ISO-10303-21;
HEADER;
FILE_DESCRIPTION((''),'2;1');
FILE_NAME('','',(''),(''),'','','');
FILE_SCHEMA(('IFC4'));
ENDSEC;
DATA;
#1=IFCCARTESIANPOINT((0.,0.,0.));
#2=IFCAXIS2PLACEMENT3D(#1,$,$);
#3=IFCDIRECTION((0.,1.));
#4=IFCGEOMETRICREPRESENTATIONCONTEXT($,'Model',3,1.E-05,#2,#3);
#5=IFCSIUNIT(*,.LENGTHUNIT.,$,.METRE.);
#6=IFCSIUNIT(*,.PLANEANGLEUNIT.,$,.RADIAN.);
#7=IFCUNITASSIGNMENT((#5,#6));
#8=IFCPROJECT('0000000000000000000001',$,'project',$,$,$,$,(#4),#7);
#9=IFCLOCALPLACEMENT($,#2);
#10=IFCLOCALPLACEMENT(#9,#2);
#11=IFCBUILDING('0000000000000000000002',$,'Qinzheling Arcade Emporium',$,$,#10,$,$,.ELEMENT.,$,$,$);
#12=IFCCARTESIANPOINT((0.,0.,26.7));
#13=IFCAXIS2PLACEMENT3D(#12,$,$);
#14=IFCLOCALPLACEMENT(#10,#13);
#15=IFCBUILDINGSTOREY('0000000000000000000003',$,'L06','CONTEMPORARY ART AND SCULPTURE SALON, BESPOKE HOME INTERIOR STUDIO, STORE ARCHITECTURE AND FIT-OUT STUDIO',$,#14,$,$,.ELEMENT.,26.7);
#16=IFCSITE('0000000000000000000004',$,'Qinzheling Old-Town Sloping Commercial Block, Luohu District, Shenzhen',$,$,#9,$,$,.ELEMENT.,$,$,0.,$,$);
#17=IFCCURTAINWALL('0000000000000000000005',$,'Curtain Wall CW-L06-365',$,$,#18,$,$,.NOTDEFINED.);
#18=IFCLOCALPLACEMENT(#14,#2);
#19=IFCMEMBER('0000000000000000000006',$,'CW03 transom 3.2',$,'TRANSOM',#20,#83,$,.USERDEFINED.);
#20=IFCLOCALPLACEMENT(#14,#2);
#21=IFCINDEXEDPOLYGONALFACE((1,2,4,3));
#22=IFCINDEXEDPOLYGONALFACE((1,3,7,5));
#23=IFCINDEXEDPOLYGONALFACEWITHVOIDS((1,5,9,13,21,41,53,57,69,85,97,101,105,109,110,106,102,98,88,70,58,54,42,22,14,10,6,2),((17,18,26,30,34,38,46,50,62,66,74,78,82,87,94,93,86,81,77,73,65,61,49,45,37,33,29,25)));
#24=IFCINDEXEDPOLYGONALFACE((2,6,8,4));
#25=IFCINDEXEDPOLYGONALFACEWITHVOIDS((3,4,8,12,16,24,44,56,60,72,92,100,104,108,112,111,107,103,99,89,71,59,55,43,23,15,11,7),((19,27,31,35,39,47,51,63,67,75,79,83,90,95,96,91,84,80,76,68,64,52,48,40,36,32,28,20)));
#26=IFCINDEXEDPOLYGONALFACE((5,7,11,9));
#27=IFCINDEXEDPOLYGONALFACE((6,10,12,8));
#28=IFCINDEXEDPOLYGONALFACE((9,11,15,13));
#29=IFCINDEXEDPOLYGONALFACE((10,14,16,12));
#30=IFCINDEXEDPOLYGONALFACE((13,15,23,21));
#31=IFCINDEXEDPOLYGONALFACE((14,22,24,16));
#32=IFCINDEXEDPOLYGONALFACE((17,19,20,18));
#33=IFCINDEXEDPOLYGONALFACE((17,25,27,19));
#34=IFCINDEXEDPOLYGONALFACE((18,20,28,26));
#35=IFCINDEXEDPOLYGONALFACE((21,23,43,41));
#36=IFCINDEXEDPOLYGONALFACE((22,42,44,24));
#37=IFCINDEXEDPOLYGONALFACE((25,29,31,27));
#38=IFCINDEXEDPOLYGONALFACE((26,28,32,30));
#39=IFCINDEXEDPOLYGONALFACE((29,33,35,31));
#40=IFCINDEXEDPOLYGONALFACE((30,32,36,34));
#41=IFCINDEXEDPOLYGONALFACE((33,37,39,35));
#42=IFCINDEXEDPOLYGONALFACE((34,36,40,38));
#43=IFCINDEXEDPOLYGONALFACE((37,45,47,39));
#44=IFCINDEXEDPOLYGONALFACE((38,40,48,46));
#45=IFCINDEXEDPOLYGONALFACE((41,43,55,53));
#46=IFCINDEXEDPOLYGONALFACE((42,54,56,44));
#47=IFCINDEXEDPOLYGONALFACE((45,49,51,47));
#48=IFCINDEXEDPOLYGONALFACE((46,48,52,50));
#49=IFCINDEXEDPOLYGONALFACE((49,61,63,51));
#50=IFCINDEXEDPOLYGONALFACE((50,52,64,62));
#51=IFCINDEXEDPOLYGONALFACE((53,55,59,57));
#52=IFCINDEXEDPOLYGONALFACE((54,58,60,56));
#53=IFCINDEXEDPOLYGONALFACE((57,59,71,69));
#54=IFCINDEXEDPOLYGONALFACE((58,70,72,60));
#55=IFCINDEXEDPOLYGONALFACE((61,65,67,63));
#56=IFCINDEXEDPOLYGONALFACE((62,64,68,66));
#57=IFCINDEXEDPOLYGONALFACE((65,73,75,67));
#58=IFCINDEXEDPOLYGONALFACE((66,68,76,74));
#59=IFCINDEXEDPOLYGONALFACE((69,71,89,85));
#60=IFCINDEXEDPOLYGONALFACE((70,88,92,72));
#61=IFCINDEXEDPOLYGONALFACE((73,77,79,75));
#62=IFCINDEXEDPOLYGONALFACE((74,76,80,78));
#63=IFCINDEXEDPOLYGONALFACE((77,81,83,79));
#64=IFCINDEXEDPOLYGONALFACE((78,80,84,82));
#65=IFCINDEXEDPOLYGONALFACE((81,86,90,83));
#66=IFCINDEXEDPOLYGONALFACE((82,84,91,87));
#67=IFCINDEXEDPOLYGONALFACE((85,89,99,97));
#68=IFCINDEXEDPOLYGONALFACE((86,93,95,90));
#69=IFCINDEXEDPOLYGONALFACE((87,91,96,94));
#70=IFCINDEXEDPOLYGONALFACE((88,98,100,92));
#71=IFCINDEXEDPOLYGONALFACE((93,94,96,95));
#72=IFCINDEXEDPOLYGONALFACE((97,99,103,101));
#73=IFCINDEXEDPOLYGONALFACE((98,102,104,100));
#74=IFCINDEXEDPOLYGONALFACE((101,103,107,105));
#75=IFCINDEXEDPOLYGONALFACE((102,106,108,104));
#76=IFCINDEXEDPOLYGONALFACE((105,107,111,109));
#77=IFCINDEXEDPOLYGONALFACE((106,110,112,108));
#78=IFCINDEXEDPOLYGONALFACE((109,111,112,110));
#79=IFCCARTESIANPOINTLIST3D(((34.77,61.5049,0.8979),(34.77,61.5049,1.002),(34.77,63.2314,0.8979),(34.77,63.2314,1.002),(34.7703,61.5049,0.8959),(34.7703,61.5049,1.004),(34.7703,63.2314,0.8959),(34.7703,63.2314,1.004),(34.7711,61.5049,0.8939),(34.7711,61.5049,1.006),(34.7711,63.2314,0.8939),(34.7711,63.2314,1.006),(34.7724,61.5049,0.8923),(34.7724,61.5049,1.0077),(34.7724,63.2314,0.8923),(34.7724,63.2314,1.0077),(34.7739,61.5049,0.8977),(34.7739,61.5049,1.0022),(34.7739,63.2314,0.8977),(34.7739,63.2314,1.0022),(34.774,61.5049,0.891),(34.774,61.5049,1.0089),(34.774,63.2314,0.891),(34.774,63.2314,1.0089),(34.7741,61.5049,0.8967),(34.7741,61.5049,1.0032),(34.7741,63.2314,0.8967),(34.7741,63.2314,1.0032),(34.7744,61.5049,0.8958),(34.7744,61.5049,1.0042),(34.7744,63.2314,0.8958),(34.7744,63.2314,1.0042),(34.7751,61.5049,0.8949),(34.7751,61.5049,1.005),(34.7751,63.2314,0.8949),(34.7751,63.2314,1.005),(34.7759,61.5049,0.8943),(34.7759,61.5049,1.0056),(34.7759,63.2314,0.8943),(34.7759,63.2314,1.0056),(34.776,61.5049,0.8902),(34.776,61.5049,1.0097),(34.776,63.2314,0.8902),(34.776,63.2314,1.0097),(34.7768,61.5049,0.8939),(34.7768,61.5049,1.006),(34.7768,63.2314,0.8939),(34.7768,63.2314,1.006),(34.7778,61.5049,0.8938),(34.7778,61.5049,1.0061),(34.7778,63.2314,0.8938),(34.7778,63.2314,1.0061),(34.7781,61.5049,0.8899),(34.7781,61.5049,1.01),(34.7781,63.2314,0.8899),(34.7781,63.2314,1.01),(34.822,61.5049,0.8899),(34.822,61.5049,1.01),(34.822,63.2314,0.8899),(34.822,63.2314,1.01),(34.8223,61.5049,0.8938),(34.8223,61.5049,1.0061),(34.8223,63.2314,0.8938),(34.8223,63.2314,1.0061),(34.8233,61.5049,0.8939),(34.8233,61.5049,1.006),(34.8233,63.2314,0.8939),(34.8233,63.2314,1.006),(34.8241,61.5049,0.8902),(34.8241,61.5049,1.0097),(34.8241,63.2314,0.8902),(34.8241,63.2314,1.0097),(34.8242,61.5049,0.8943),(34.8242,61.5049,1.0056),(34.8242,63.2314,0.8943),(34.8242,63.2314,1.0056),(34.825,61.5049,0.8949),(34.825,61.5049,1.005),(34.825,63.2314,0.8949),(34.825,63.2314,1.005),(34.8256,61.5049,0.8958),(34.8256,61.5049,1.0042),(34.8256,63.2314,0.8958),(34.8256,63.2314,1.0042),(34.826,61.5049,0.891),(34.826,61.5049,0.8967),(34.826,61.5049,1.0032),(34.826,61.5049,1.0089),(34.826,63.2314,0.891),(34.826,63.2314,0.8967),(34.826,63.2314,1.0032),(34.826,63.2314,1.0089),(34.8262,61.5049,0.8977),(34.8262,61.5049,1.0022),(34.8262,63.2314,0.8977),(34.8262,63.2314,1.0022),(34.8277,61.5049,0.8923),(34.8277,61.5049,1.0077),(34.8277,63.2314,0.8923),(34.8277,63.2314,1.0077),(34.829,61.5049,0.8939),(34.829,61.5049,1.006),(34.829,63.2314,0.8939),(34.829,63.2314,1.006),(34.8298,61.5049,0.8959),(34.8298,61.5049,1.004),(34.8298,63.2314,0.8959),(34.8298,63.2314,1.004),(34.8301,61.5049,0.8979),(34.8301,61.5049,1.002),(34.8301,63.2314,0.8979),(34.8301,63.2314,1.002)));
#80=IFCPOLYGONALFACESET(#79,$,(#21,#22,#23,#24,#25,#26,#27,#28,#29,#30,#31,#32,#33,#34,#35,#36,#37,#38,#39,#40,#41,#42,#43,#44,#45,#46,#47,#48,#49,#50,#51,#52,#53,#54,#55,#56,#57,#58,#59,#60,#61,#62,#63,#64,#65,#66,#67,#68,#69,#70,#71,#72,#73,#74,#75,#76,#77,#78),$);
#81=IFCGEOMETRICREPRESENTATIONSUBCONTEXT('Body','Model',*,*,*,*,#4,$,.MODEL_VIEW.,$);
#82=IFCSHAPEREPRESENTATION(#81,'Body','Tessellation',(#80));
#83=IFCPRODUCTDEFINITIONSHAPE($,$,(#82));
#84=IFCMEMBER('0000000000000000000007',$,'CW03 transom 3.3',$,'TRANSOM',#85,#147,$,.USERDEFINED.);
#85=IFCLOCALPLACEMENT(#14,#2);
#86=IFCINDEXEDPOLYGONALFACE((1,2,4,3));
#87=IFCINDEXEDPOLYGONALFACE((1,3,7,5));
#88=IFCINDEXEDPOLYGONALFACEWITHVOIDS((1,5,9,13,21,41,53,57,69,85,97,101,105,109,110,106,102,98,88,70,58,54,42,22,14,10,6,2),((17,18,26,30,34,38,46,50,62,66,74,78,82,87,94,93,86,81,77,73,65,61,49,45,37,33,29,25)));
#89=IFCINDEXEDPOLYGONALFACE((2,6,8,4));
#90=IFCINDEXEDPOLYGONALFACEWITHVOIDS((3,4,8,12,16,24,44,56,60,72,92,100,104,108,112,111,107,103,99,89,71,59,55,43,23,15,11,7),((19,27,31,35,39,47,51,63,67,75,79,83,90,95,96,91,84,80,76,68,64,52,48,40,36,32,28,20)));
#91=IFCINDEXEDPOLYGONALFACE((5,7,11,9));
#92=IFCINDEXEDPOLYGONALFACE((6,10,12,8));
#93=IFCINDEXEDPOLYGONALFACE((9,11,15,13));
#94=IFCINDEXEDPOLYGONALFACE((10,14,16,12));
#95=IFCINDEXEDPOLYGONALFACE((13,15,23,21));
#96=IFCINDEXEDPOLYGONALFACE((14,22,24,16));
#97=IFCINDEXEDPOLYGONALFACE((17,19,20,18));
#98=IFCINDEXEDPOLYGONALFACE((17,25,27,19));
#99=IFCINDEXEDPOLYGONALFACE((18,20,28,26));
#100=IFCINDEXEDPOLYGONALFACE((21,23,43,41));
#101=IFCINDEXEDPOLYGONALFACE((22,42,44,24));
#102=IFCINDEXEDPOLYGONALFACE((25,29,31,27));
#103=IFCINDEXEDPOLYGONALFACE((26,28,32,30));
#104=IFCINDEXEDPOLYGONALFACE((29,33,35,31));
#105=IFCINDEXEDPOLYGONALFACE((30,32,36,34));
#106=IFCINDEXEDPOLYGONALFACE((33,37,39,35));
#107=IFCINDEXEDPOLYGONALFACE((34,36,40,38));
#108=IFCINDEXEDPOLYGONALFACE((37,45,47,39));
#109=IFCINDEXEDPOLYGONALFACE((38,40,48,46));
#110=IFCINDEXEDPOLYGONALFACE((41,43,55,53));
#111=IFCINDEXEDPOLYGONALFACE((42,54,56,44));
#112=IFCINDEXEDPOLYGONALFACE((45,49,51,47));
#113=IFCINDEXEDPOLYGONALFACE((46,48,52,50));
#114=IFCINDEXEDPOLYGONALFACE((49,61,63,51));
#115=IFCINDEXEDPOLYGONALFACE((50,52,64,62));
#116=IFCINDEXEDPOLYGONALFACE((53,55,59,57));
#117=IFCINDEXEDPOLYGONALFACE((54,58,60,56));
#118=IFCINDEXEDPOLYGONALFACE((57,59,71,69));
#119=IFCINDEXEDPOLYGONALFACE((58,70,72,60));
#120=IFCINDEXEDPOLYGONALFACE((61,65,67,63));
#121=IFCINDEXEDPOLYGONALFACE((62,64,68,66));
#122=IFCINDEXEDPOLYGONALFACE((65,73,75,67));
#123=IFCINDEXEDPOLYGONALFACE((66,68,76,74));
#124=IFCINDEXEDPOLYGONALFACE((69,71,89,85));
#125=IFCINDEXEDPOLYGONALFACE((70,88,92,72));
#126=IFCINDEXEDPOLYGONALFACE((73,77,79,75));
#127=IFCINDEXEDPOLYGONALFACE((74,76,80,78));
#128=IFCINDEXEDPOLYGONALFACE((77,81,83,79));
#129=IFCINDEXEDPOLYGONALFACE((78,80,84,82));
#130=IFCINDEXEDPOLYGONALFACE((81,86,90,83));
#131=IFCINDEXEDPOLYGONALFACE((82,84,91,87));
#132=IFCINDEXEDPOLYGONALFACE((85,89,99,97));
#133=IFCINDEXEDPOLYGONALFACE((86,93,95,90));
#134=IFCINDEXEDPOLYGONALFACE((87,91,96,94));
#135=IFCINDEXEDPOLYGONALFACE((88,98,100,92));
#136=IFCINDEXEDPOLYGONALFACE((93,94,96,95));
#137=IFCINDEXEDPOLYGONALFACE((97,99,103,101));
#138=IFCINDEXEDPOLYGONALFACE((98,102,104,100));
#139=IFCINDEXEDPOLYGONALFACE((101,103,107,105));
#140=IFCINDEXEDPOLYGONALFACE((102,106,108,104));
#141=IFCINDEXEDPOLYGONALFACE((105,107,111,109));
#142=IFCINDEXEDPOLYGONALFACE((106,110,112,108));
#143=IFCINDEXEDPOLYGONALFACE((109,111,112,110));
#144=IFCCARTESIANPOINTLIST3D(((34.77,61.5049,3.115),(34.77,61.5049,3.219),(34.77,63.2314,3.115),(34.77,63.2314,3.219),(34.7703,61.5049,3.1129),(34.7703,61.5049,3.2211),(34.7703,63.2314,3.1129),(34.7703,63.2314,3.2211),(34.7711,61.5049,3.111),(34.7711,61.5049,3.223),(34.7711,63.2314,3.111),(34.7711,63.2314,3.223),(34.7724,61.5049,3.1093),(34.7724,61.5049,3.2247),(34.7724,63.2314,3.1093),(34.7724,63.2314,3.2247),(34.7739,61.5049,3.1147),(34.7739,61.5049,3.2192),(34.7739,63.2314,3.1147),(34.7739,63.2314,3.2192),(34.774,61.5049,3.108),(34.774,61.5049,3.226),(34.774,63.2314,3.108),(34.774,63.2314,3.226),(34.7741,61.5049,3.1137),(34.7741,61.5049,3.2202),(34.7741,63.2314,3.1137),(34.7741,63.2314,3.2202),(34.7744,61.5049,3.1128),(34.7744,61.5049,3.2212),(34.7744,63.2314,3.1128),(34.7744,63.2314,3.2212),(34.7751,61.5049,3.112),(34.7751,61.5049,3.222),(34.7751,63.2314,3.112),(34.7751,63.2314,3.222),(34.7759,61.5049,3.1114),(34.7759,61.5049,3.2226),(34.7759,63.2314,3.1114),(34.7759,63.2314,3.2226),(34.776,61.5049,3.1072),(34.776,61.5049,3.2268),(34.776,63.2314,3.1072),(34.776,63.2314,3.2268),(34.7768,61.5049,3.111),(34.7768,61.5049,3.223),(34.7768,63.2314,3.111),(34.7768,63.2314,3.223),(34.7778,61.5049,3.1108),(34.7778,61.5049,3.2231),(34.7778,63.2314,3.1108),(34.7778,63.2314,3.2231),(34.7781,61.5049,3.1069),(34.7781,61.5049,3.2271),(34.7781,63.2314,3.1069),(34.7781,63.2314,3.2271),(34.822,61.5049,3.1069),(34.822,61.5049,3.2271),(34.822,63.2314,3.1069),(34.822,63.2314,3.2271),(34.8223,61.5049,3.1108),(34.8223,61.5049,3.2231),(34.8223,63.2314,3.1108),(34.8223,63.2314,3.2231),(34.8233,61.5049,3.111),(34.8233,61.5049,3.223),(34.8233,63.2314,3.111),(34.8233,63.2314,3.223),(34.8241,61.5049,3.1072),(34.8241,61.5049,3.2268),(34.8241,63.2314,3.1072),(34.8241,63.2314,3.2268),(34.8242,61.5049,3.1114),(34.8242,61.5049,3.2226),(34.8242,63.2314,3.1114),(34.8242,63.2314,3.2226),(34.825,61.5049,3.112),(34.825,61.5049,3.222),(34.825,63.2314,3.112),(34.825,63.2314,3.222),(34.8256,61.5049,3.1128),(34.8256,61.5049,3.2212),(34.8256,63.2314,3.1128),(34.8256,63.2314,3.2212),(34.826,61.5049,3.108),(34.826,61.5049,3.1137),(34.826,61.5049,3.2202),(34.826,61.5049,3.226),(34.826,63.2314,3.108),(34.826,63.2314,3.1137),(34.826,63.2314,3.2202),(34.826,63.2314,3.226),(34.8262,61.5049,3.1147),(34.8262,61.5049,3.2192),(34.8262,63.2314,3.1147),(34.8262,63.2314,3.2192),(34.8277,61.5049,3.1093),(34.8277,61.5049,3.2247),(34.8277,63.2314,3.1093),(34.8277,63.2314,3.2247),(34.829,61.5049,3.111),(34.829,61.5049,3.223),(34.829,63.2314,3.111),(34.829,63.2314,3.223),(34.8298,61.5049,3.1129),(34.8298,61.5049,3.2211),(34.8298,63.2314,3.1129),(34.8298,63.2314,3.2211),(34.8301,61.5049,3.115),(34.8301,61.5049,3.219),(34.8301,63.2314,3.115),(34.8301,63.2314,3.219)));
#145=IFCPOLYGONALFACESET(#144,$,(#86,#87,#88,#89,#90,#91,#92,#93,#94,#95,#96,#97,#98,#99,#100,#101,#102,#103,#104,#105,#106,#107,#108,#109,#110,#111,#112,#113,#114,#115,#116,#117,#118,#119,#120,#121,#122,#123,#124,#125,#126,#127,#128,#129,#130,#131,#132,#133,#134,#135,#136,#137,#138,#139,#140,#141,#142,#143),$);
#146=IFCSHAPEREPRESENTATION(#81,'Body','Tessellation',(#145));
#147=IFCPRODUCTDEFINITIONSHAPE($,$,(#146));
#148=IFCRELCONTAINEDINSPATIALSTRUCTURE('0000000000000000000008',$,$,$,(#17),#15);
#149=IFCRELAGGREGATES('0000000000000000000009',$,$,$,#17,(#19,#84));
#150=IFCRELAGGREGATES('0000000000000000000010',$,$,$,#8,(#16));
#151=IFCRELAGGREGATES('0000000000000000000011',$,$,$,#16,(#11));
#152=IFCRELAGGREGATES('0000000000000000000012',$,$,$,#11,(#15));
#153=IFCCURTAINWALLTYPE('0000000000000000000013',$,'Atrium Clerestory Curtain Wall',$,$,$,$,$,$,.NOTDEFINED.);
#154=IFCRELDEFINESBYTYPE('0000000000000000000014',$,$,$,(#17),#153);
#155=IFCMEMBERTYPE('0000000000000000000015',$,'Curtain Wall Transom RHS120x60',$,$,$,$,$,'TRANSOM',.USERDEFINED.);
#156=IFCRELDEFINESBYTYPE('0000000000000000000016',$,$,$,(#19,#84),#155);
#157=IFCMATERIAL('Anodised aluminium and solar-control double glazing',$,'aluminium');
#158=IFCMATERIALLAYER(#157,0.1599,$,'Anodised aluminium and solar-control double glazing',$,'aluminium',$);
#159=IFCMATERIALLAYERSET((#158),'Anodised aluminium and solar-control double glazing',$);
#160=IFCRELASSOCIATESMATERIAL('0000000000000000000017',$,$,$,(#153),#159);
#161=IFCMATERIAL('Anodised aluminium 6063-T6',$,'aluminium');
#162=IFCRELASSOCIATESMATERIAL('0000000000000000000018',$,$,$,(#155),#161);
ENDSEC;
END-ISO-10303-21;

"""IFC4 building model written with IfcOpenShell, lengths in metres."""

from ifc_helpers import new_model, si_unit, direction, frame, origin, origin_2d, place, context, subcontext, project, spatial, hollow_rectangle, extrude, material, layer, layer_set, material_profile, profile_set, type_object, element, aggregate, save


model = new_model("IFC4")

# Units and contexts
model_context = context("Model", 3, precision=1e-05, world=origin(), true_north=direction((0.0, 1.0)))
body_context = subcontext(model_context, "Body", "Model", "MODEL_VIEW")
ifc_project = project(units=[si_unit("LENGTHUNIT", "METRE"), si_unit("PLANEANGLEUNIT", "RADIAN")], contexts=[model_context])

# Site, building, storey
site_placement = place(None, origin())
site = spatial("IfcSite", under=ifc_project, at=site_placement, Name="Qinzheling Old-Town Sloping Commercial Block, Luohu District, Shenzhen", CompositionType="ELEMENT", RefElevation=0.0)
building_placement = place(site_placement, origin())
building = spatial("IfcBuilding", under=site, at=building_placement, Name="Qinzheling Arcade Emporium", CompositionType="ELEMENT")
storey_placement = place(building_placement, frame((0.0, 0.0, 26.7)))
storey = spatial("IfcBuildingStorey", under=building, at=storey_placement, Name="L06", Description="CONTEMPORARY ART AND SCULPTURE SALON, BESPOKE HOME INTERIOR STUDIO, STORE ARCHITECTURE AND FIT-OUT STUDIO", CompositionType="ELEMENT", Elevation=26.7)

# Curtain wall, members
ifc_material_1 = material(Name="Anodised aluminium and solar-control double glazing", Category="aluminium")
ifc_layer_1 = layer(ifc_material_1, 0.1599, Name="Anodised aluminium and solar-control double glazing", Category="aluminium")
ifc_layer_set_1 = layer_set([ifc_layer_1], Name="Anodised aluminium and solar-control double glazing")
curtain_wall_type = type_object("IfcCurtainWallType", Name="Atrium Clerestory Curtain Wall", PredefinedType="NOTDEFINED", material=ifc_layer_set_1)
curtain_wall_placement = place(storey_placement, origin())
curtain_wall = element("IfcCurtainWall", 1, at=curtain_wall_placement, inside=storey, type_object=curtain_wall_type, Name="Curtain Wall CW-L06-365", PredefinedType="NOTDEFINED")
ifc_material_2 = material(Name="Anodised aluminium 6063-T6", Category="aluminium")
ifc_material_profile_1 = material_profile(ifc_material_2, hollow_rectangle(XDim=0.0601, YDim=0.1201, WallThickness=0.0039, InnerFilletRadius=0.0039, OuterFilletRadius=0.0081, at=origin_2d()), Name="RHS 120x60x4", Category="aluminium")
ifc_profile_set_1 = profile_set([ifc_material_profile_1], Name="Anodised aluminium 6063-T6")
member_type_1 = type_object("IfcMemberType", Name="Curtain Wall Transom RHS120x60", ElementType="TRANSOM", PredefinedType="USERDEFINED", material=ifc_profile_set_1)
member_1_placement = place(storey_placement, frame((34.8, 61.5049, 0.95), z_axis=(0.0, 1.0, 0.0), x_axis=(-1.0, 0.0, 0.0)))
member_1 = element("IfcMember", 2, at=member_1_placement, type_object=member_type_1, Name="CW03 transom 3.2", ObjectType="TRANSOM", PredefinedType="USERDEFINED", context=body_context, shape_type="SweptSolid", body=[
    extrude(hollow_rectangle(XDim=0.0601, YDim=0.1201, WallThickness=0.0039, InnerFilletRadius=0.0039, OuterFilletRadius=0.0081, at=origin_2d()), origin(), (0.0, 0.0, 1.0), 1.7266),
])
member_2_placement = place(storey_placement, frame((34.8, 61.5049, 3.167), z_axis=(0.0, 1.0, 0.0), x_axis=(-1.0, 0.0, 0.0)))
member_2 = element("IfcMember", 3, at=member_2_placement, type_object=member_type_1, Name="CW03 transom 3.3", ObjectType="TRANSOM", PredefinedType="USERDEFINED", context=body_context, shape_type="SweptSolid", body=[
    extrude(hollow_rectangle(XDim=0.0601, YDim=0.1201, WallThickness=0.0039, InnerFilletRadius=0.0039, OuterFilletRadius=0.0081, at=origin_2d()), origin(), (0.0, 0.0, 1.0), 1.7266),
])

aggregate(curtain_wall, [member_1, member_2])

save(model, "model.ifc")
